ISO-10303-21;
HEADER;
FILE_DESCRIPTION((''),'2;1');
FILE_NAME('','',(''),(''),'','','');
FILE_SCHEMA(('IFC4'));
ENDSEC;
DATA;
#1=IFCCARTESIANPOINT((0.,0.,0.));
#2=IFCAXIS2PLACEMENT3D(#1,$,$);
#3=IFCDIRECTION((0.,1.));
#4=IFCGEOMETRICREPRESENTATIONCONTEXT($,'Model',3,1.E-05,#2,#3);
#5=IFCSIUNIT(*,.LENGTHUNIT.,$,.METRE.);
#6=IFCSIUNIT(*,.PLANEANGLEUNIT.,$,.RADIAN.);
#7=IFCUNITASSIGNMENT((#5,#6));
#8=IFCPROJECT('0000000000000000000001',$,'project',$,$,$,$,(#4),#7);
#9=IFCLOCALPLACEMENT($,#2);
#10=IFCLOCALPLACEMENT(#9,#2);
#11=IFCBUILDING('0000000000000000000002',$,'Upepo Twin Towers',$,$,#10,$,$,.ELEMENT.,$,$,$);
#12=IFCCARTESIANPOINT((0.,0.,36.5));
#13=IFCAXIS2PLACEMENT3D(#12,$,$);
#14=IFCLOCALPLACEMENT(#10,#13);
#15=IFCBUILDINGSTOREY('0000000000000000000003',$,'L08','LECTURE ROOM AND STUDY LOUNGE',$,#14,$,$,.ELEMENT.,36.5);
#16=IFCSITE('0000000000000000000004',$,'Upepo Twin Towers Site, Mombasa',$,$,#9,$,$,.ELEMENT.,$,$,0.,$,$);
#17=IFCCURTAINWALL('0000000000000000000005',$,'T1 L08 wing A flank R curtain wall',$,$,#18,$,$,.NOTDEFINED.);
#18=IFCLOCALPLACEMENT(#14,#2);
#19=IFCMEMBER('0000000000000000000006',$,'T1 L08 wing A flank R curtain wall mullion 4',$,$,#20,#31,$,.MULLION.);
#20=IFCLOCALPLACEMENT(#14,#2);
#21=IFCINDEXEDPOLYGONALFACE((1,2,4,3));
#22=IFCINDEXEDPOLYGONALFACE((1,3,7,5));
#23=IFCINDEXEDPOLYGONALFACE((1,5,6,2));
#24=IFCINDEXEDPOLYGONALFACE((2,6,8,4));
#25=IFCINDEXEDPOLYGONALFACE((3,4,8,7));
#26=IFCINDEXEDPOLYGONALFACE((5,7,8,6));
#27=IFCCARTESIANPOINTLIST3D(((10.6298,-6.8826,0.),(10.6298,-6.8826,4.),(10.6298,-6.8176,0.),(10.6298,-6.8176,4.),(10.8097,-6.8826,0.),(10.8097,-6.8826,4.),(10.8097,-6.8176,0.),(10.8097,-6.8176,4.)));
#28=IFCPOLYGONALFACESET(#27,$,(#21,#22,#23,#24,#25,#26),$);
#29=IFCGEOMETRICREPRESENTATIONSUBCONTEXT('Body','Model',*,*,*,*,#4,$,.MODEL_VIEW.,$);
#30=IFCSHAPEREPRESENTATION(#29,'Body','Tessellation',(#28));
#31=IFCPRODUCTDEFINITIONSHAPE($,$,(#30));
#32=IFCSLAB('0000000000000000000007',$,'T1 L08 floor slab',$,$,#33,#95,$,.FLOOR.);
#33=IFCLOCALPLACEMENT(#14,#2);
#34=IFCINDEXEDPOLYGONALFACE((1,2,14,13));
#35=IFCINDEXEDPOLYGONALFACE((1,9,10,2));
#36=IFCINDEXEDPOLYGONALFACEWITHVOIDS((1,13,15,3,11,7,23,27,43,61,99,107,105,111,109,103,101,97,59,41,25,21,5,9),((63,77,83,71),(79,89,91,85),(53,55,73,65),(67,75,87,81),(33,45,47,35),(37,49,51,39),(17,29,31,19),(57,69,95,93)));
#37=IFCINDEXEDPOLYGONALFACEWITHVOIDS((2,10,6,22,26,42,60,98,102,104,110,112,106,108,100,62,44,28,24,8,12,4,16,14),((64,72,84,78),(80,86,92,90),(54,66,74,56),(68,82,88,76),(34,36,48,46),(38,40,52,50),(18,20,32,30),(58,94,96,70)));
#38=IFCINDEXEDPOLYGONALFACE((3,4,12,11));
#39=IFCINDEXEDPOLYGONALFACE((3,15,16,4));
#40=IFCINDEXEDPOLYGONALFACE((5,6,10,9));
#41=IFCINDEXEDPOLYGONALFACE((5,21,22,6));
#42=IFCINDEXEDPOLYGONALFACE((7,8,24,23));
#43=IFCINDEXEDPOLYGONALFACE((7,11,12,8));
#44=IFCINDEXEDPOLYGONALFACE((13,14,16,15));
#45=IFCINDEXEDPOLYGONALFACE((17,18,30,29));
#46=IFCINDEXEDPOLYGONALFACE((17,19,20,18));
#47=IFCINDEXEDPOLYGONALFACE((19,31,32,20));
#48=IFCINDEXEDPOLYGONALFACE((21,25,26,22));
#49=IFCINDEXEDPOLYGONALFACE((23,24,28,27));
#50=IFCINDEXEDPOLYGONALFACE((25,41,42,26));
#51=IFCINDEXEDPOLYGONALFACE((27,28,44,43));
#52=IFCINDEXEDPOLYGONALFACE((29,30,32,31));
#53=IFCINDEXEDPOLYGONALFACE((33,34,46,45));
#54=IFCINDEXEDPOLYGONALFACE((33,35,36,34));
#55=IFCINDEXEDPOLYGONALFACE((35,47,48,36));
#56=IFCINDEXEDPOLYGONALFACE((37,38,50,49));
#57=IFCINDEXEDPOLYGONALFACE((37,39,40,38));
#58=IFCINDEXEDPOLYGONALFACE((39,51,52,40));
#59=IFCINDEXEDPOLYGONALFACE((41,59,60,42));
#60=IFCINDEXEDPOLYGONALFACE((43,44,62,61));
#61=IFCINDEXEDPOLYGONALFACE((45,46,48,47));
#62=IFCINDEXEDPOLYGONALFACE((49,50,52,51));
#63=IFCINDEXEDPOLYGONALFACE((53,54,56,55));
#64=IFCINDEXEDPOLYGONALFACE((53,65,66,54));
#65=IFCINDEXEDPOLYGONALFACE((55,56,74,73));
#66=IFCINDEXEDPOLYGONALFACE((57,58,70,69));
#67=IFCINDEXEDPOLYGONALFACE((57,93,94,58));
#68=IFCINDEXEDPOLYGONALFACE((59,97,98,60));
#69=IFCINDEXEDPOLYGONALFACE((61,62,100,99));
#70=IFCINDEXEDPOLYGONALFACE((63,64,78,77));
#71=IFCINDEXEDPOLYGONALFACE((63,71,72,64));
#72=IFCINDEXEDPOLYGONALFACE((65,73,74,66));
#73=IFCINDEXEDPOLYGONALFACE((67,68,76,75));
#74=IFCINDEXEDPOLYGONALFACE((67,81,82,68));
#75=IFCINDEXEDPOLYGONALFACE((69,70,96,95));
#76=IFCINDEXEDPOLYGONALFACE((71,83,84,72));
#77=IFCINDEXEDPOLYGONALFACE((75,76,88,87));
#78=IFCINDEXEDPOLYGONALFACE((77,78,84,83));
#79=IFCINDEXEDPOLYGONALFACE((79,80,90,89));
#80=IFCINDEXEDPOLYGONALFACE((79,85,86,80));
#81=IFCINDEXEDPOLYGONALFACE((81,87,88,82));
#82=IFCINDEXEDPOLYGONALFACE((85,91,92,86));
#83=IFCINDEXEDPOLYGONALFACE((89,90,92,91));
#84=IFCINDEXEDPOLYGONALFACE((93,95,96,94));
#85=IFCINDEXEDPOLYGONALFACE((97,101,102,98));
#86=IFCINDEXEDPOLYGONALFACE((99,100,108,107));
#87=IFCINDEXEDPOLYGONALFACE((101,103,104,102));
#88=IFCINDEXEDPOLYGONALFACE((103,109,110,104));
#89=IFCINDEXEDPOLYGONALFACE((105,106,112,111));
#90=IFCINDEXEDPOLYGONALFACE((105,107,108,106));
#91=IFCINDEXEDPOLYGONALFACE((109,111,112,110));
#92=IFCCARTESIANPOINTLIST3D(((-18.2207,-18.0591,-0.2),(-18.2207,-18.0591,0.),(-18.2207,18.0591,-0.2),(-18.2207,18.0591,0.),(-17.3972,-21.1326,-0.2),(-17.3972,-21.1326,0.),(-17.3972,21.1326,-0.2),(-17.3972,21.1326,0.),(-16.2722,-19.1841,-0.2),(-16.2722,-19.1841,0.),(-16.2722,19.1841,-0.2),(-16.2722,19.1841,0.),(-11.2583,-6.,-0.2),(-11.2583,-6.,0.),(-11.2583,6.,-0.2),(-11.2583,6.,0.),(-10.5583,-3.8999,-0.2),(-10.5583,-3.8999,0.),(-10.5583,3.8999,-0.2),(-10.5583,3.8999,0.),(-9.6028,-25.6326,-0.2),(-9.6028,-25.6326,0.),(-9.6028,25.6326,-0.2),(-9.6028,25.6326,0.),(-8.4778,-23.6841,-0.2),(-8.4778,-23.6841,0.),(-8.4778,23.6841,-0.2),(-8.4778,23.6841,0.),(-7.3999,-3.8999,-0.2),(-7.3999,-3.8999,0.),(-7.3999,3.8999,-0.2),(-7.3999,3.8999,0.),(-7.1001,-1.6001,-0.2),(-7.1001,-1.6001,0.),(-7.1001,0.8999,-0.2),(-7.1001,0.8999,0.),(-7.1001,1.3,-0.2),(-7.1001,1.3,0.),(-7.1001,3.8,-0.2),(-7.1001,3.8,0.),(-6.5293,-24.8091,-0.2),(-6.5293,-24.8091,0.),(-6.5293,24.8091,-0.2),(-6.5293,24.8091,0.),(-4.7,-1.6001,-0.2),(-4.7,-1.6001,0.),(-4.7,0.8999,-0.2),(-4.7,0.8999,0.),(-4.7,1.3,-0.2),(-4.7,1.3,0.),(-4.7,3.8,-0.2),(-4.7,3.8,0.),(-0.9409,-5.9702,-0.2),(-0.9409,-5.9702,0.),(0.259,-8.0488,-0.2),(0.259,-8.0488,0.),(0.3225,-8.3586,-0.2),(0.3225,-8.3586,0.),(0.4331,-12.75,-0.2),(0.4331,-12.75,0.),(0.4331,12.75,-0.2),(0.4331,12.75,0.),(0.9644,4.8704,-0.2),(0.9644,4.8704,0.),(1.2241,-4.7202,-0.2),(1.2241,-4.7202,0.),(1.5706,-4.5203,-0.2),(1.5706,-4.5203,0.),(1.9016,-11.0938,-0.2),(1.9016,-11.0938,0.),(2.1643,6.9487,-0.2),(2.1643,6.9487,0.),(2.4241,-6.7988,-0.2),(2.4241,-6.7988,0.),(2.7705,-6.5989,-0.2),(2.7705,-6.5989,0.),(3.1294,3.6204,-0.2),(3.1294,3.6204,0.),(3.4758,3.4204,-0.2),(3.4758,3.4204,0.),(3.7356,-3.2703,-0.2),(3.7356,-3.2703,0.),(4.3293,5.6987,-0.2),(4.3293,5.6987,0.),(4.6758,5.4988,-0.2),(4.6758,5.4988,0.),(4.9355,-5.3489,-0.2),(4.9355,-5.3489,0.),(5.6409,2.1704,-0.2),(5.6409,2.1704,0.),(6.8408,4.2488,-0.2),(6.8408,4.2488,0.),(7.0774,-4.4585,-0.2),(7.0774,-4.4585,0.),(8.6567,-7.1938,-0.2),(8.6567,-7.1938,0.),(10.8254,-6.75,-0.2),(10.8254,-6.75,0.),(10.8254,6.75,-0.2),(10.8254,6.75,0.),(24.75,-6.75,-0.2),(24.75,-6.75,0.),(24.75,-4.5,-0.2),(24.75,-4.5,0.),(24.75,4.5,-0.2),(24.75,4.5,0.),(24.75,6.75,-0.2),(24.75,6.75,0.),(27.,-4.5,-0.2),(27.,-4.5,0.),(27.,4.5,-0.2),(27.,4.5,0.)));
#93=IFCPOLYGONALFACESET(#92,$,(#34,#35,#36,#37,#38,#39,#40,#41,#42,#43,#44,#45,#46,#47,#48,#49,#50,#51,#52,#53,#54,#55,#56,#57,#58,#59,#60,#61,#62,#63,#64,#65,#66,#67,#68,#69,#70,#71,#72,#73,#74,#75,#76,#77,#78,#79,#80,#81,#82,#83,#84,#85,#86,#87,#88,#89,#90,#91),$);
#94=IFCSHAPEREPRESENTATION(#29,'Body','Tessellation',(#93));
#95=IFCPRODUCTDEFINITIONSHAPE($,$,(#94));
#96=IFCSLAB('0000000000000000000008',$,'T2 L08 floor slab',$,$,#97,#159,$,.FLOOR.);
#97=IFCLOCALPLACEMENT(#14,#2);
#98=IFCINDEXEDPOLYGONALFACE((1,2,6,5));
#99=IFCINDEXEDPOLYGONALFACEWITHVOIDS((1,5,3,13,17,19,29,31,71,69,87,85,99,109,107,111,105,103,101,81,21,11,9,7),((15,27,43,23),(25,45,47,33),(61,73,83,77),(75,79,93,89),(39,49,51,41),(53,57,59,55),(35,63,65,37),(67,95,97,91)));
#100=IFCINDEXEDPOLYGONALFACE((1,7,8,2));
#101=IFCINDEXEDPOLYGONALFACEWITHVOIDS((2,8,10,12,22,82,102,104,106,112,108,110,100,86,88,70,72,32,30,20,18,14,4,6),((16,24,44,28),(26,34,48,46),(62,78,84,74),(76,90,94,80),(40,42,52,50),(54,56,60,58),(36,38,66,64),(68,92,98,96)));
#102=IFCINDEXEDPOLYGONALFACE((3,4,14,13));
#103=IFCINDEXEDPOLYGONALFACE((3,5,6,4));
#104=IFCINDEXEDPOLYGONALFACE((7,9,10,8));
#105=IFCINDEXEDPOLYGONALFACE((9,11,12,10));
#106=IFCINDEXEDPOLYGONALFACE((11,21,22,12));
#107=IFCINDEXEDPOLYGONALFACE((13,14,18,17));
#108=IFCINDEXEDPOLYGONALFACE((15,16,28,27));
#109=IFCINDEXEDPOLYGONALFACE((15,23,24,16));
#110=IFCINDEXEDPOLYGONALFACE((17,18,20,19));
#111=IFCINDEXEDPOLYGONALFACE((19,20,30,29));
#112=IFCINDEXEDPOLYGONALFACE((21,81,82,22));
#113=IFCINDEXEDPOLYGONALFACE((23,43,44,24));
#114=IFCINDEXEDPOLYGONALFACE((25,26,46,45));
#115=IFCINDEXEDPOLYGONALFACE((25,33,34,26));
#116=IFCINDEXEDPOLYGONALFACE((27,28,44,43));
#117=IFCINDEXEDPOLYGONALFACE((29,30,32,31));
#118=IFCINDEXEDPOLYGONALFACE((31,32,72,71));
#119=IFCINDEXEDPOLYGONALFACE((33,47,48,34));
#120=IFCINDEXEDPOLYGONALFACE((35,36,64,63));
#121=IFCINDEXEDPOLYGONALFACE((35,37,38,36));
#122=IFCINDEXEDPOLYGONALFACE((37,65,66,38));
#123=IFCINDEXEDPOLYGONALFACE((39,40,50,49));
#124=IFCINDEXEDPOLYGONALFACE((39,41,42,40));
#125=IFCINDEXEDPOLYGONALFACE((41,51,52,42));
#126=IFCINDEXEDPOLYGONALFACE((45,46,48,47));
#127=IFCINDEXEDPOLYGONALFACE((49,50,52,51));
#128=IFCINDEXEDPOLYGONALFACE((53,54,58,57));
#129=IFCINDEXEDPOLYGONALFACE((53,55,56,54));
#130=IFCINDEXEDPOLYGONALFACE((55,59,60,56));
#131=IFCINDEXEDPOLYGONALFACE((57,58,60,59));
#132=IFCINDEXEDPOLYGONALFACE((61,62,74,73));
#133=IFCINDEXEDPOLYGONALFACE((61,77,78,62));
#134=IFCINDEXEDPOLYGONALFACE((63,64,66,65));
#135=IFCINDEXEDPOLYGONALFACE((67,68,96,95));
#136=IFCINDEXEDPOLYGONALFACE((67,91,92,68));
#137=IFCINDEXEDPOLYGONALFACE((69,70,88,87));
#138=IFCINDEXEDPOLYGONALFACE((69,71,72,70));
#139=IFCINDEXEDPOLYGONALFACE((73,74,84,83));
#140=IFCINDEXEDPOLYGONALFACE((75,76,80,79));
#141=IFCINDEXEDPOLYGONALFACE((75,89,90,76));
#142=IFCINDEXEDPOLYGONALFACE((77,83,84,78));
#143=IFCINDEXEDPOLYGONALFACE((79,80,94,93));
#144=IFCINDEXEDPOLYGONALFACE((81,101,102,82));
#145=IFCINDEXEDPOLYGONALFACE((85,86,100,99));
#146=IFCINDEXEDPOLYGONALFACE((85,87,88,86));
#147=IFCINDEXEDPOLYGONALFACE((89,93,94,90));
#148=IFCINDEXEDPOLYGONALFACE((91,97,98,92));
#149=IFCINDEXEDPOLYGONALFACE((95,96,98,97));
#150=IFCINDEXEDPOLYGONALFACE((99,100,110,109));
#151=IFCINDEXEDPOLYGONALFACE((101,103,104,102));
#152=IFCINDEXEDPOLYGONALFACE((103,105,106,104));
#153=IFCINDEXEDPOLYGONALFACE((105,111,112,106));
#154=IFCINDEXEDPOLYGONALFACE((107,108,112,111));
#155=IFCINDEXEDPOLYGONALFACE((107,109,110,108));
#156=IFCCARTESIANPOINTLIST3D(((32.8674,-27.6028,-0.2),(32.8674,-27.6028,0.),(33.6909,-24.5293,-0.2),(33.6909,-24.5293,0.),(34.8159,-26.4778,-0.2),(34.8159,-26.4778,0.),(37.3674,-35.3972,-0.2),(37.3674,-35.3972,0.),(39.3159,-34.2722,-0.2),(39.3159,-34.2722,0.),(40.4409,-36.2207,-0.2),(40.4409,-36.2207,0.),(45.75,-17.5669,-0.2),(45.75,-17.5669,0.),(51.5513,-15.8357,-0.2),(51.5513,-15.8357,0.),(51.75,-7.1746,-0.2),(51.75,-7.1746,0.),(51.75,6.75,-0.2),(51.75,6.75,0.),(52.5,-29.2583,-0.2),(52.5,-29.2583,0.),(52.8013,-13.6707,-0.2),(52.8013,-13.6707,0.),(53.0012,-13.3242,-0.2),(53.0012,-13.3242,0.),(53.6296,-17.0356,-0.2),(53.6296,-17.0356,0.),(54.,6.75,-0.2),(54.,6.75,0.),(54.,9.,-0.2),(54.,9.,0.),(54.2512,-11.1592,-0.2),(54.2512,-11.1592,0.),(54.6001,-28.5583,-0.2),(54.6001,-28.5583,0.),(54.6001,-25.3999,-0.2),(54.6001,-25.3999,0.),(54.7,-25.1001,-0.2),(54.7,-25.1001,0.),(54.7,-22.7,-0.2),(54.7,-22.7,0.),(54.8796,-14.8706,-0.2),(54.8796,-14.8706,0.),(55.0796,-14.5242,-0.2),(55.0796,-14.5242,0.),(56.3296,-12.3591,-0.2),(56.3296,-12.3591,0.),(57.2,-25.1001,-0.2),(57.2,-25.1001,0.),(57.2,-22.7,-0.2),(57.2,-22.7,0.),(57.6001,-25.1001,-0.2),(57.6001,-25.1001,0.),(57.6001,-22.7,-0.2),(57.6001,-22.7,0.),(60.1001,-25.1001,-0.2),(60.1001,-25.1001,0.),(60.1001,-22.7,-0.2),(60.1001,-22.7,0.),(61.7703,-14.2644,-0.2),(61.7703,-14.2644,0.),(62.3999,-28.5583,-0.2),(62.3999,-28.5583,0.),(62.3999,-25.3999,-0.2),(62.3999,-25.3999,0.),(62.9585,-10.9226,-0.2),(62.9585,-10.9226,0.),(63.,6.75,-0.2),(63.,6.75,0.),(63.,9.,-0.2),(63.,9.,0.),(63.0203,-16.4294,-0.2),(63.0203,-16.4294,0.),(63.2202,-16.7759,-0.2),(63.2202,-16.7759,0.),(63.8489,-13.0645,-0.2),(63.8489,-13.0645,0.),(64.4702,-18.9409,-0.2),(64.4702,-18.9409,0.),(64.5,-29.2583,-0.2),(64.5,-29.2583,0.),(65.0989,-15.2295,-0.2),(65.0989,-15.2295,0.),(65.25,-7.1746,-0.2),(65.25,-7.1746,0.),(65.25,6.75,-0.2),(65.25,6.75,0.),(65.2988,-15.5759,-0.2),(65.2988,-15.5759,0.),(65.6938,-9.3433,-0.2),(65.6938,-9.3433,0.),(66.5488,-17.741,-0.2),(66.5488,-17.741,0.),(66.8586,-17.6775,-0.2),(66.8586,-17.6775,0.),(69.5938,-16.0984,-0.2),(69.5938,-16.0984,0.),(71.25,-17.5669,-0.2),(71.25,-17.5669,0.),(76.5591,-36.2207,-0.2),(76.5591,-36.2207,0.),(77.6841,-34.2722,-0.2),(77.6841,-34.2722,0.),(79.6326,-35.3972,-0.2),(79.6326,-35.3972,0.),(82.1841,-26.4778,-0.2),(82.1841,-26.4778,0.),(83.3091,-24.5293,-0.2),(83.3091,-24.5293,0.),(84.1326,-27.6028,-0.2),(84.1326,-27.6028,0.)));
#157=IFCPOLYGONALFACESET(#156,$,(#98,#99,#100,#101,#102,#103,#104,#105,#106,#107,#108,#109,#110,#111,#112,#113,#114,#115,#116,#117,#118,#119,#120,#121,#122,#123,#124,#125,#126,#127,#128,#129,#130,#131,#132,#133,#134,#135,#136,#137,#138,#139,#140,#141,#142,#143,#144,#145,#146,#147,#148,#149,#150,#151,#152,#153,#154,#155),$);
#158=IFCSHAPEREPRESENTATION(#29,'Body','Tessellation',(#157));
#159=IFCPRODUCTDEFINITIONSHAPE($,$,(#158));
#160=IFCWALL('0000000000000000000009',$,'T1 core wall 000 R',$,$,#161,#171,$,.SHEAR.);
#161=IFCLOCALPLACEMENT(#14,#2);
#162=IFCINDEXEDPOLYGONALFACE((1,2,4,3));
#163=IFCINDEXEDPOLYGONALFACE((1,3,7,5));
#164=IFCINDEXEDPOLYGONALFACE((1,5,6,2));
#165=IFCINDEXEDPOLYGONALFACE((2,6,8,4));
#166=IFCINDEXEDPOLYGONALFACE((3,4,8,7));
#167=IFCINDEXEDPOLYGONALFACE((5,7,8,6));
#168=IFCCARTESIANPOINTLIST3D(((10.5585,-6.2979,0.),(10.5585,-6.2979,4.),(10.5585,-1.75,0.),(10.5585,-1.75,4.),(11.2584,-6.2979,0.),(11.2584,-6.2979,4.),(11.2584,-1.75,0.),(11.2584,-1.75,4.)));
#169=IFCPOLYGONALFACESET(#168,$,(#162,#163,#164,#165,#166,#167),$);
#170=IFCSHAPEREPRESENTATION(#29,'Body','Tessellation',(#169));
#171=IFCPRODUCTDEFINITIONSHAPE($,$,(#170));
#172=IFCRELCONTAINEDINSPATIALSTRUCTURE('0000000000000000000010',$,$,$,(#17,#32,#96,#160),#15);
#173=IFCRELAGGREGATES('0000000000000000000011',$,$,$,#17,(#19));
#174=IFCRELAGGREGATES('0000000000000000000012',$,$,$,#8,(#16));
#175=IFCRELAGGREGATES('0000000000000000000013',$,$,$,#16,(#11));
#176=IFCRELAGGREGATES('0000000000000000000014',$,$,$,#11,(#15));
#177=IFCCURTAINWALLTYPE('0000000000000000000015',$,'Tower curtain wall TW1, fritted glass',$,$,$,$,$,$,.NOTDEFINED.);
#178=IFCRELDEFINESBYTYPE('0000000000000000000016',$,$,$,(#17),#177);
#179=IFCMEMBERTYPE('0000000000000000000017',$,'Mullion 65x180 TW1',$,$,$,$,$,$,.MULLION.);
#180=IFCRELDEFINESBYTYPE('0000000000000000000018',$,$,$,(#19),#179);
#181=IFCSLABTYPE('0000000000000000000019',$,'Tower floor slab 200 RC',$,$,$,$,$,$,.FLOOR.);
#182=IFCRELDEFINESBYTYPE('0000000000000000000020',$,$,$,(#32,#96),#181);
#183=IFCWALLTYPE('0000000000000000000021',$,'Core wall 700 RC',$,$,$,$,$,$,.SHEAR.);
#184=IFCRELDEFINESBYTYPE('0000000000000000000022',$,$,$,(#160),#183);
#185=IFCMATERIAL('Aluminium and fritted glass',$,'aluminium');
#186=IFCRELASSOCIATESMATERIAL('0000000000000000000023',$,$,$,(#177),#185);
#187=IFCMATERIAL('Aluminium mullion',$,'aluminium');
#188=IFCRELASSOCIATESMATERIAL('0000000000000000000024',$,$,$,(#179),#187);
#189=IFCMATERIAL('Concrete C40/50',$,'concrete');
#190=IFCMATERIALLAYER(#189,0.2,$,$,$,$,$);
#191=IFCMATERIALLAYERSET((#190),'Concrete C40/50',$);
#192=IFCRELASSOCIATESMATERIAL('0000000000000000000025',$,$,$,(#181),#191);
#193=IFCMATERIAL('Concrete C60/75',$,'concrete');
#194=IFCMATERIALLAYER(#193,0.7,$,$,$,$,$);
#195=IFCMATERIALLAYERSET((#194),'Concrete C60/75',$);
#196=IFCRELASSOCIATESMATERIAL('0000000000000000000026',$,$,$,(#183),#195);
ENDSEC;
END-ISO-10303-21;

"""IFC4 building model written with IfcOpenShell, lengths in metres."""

from ifc_helpers import new_model, si_unit, direction, frame, frame_2d, origin, origin_2d, place, context, subcontext, project, spatial, polyline, rectangle, outline, extrude, material, layer, layer_set, material_profile, profile_set, type_object, element, aggregate, save


model = new_model("IFC4")

# Units and contexts
model_context = context("Model", 3, precision=1e-05, world=origin(), true_north=direction((0.0, 1.0)))
body_context = subcontext(model_context, "Body", "Model", "MODEL_VIEW")
ifc_project = project(units=[si_unit("LENGTHUNIT", "METRE"), si_unit("PLANEANGLEUNIT", "RADIAN")], contexts=[model_context])

# Site, building, storey
site_placement = place(None, origin())
site = spatial("IfcSite", under=ifc_project, at=site_placement, Name="Upepo Twin Towers Site, Mombasa", CompositionType="ELEMENT", RefElevation=0.0)
building_placement = place(site_placement, origin())
building = spatial("IfcBuilding", under=site, at=building_placement, Name="Upepo Twin Towers", CompositionType="ELEMENT")
storey_placement = place(building_placement, frame((0.0, 0.0, 36.5)))
storey = spatial("IfcBuildingStorey", under=building, at=storey_placement, Name="L08", Description="LECTURE ROOM AND STUDY LOUNGE", CompositionType="ELEMENT", Elevation=36.5)

# Curtain wall, member
ifc_material_1 = material(Name="Aluminium and fritted glass", Category="aluminium")
curtain_wall_type = type_object("IfcCurtainWallType", Name="Tower curtain wall TW1, fritted glass", PredefinedType="NOTDEFINED", material=ifc_material_1)
curtain_wall_placement = place(storey_placement, origin())
curtain_wall = element("IfcCurtainWall", 1, at=curtain_wall_placement, inside=storey, type_object=curtain_wall_type, Name="T1 L08 wing A flank R curtain wall", PredefinedType="NOTDEFINED")
ifc_material_2 = material(Name="Aluminium mullion", Category="aluminium")
ifc_material_profile = material_profile(ifc_material_2, rectangle(XDim=0.0649, YDim=0.1799, at=origin_2d()), Name="MULLION 65x180")
ifc_profile_set = profile_set([ifc_material_profile], Name="Aluminium mullion")
member_type = type_object("IfcMemberType", Name="Mullion 65x180 TW1", PredefinedType="MULLION", material=ifc_profile_set)
member_placement = place(storey_placement, frame((10.7197, -6.8501, 0.0), z_axis=(0.0, 0.0, 1.0), x_axis=(0.0, -1.0, 0.0)))
member = element("IfcMember", 2, at=member_placement, type_object=member_type, Name="T1 L08 wing A flank R curtain wall mullion 4", PredefinedType="MULLION", context=body_context, shape_type="SweptSolid", body=[
    extrude(rectangle(XDim=0.0649, YDim=0.1799, at=origin_2d()), origin(), (0.0, 0.0, 1.0), 4.0),
])
aggregate(curtain_wall, [member])

# Slabs
ifc_material_3 = material(Name="Concrete C40/50", Category="concrete")
ifc_layer_1 = layer(ifc_material_3, 0.2)
ifc_layer_set_1 = layer_set([ifc_layer_1], Name="Concrete C40/50")
slab_type = type_object("IfcSlabType", Name="Tower floor slab 200 RC", PredefinedType="FLOOR", material=ifc_layer_set_1)
slab_1_placement = place(storey_placement, frame((0.0, 0.0, -0.2)))
element("IfcSlab", 3, at=slab_1_placement, inside=storey, type_object=slab_type, Name="T1 L08 floor slab", PredefinedType="FLOOR", context=body_context, shape_type="SweptSolid", body=[
    extrude(outline(polyline([(-8.4778, -23.6841), (-9.6028, -25.6326), (-17.3972, -21.1326), (-16.2722, -19.1841), (-18.2207, -18.0591), (-11.2583, -6.0), (-11.2583, 6.0), (-18.2207, 18.0591), (-16.2722, 19.1841), (-17.3972, 21.1326), (-9.6028, 25.6326), (-8.4778, 23.6841), (-6.5293, 24.8091), (0.4331, 12.75), (10.8254, 6.75), (24.75, 6.75), (24.75, 4.5), (27.0, 4.5), (27.0, -4.5), (24.75, -4.5), (24.75, -6.75), (10.8254, -6.75), (0.4331, -12.75), (-6.5293, -24.8091), (-8.4778, -23.6841)]), holes=[polyline([(5.6409, 2.1704), (6.8408, 4.2488), (4.6758, 5.4988), (3.4758, 3.4204), (5.6409, 2.1704)]), polyline([(3.1294, 3.6204), (4.3293, 5.6987), (2.1643, 6.9487), (0.9644, 4.8704), (3.1294, 3.6204)]), polyline([(-4.7, 3.8), (-7.1001, 3.8), (-7.1001, 1.3), (-4.7, 1.3), (-4.7, 3.8)]), polyline([(-4.7, 0.8999), (-7.1001, 0.8999), (-7.1001, -1.6001), (-4.7, -1.6001), (-4.7, 0.8999)]), polyline([(-7.3999, 3.8999), (-10.5583, 3.8999), (-10.5583, -3.8999), (-7.3999, -3.8999), (-7.3999, 3.8999)]), polyline([(-0.9409, -5.9702), (0.259, -8.0488), (2.4241, -6.7988), (1.2241, -4.7202), (-0.9409, -5.9702)]), polyline([(1.5706, -4.5203), (2.7705, -6.5989), (4.9355, -5.3489), (3.7356, -3.2703), (1.5706, -4.5203)]), polyline([(0.3225, -8.3586), (1.9016, -11.0938), (8.6567, -7.1938), (7.0774, -4.4585), (0.3225, -8.3586)])]), origin(), (0.0, 0.0, 1.0), 0.2),
])
slab_2_placement = place(storey_placement, frame((0.0, 0.0, -0.2)))
element("IfcSlab", 4, at=slab_2_placement, inside=storey, type_object=slab_type, Name="T2 L08 floor slab", PredefinedType="FLOOR", context=body_context, shape_type="SweptSolid", body=[
    extrude(outline(polyline([(82.1841, -26.4778), (84.1326, -27.6028), (79.6326, -35.3972), (77.6841, -34.2722), (76.5591, -36.2207), (64.5, -29.2583), (52.5, -29.2583), (40.4409, -36.2207), (39.3159, -34.2722), (37.3674, -35.3972), (32.8674, -27.6028), (34.8159, -26.4778), (33.6909, -24.5293), (45.75, -17.5669), (51.75, -7.1746), (51.75, 6.75), (54.0, 6.75), (54.0, 9.0), (63.0, 9.0), (63.0, 6.75), (65.25, 6.75), (65.25, -7.1746), (71.25, -17.5669), (83.3091, -24.5293), (82.1841, -26.4778)]), holes=[polyline([(56.3296, -12.3591), (54.2512, -11.1592), (53.0012, -13.3242), (55.0796, -14.5242), (56.3296, -12.3591)]), polyline([(54.8796, -14.8706), (52.8013, -13.6707), (51.5513, -15.8357), (53.6296, -17.0356), (54.8796, -14.8706)]), polyline([(54.7, -22.7), (54.7, -25.1001), (57.2, -25.1001), (57.2, -22.7), (54.7, -22.7)]), polyline([(57.6001, -22.7), (57.6001, -25.1001), (60.1001, -25.1001), (60.1001, -22.7), (57.6001, -22.7)]), polyline([(54.6001, -25.3999), (54.6001, -28.5583), (62.3999, -28.5583), (62.3999, -25.3999), (54.6001, -25.3999)]), polyline([(64.4702, -18.9409), (66.5488, -17.741), (65.2988, -15.5759), (63.2202, -16.7759), (64.4702, -18.9409)]), polyline([(63.0203, -16.4294), (65.0989, -15.2295), (63.8489, -13.0645), (61.7703, -14.2644), (63.0203, -16.4294)]), polyline([(66.8586, -17.6775), (69.5938, -16.0984), (65.6938, -9.3433), (62.9585, -10.9226), (66.8586, -17.6775)])]), origin(), (0.0, 0.0, 1.0), 0.2),
])

# Wall
ifc_material_4 = material(Name="Concrete C60/75", Category="concrete")
ifc_layer_2 = layer(ifc_material_4, 0.7)
ifc_layer_set_2 = layer_set([ifc_layer_2], Name="Concrete C60/75")
wall_type_1 = type_object("IfcWallType", Name="Core wall 700 RC", PredefinedType="SHEAR", material=ifc_layer_set_2)
wall_1_placement = place(storey_placement, frame((10.9084, -6.2979, 0.0), z_axis=(0.0, 0.0, 1.0), x_axis=(0.0, 1.0, 0.0)))
element("IfcWall", 5, at=wall_1_placement, inside=storey, type_object=wall_type_1, Name="T1 core wall 000 R", PredefinedType="SHEAR", context=body_context, shape_type="SweptSolid", body=[
    extrude(rectangle(XDim=4.5479, YDim=0.7, at=frame_2d((2.2739, 0.0))), origin(), (0.0, 0.0, 1.0), 4.0),
])

save(model, "model.ifc")
